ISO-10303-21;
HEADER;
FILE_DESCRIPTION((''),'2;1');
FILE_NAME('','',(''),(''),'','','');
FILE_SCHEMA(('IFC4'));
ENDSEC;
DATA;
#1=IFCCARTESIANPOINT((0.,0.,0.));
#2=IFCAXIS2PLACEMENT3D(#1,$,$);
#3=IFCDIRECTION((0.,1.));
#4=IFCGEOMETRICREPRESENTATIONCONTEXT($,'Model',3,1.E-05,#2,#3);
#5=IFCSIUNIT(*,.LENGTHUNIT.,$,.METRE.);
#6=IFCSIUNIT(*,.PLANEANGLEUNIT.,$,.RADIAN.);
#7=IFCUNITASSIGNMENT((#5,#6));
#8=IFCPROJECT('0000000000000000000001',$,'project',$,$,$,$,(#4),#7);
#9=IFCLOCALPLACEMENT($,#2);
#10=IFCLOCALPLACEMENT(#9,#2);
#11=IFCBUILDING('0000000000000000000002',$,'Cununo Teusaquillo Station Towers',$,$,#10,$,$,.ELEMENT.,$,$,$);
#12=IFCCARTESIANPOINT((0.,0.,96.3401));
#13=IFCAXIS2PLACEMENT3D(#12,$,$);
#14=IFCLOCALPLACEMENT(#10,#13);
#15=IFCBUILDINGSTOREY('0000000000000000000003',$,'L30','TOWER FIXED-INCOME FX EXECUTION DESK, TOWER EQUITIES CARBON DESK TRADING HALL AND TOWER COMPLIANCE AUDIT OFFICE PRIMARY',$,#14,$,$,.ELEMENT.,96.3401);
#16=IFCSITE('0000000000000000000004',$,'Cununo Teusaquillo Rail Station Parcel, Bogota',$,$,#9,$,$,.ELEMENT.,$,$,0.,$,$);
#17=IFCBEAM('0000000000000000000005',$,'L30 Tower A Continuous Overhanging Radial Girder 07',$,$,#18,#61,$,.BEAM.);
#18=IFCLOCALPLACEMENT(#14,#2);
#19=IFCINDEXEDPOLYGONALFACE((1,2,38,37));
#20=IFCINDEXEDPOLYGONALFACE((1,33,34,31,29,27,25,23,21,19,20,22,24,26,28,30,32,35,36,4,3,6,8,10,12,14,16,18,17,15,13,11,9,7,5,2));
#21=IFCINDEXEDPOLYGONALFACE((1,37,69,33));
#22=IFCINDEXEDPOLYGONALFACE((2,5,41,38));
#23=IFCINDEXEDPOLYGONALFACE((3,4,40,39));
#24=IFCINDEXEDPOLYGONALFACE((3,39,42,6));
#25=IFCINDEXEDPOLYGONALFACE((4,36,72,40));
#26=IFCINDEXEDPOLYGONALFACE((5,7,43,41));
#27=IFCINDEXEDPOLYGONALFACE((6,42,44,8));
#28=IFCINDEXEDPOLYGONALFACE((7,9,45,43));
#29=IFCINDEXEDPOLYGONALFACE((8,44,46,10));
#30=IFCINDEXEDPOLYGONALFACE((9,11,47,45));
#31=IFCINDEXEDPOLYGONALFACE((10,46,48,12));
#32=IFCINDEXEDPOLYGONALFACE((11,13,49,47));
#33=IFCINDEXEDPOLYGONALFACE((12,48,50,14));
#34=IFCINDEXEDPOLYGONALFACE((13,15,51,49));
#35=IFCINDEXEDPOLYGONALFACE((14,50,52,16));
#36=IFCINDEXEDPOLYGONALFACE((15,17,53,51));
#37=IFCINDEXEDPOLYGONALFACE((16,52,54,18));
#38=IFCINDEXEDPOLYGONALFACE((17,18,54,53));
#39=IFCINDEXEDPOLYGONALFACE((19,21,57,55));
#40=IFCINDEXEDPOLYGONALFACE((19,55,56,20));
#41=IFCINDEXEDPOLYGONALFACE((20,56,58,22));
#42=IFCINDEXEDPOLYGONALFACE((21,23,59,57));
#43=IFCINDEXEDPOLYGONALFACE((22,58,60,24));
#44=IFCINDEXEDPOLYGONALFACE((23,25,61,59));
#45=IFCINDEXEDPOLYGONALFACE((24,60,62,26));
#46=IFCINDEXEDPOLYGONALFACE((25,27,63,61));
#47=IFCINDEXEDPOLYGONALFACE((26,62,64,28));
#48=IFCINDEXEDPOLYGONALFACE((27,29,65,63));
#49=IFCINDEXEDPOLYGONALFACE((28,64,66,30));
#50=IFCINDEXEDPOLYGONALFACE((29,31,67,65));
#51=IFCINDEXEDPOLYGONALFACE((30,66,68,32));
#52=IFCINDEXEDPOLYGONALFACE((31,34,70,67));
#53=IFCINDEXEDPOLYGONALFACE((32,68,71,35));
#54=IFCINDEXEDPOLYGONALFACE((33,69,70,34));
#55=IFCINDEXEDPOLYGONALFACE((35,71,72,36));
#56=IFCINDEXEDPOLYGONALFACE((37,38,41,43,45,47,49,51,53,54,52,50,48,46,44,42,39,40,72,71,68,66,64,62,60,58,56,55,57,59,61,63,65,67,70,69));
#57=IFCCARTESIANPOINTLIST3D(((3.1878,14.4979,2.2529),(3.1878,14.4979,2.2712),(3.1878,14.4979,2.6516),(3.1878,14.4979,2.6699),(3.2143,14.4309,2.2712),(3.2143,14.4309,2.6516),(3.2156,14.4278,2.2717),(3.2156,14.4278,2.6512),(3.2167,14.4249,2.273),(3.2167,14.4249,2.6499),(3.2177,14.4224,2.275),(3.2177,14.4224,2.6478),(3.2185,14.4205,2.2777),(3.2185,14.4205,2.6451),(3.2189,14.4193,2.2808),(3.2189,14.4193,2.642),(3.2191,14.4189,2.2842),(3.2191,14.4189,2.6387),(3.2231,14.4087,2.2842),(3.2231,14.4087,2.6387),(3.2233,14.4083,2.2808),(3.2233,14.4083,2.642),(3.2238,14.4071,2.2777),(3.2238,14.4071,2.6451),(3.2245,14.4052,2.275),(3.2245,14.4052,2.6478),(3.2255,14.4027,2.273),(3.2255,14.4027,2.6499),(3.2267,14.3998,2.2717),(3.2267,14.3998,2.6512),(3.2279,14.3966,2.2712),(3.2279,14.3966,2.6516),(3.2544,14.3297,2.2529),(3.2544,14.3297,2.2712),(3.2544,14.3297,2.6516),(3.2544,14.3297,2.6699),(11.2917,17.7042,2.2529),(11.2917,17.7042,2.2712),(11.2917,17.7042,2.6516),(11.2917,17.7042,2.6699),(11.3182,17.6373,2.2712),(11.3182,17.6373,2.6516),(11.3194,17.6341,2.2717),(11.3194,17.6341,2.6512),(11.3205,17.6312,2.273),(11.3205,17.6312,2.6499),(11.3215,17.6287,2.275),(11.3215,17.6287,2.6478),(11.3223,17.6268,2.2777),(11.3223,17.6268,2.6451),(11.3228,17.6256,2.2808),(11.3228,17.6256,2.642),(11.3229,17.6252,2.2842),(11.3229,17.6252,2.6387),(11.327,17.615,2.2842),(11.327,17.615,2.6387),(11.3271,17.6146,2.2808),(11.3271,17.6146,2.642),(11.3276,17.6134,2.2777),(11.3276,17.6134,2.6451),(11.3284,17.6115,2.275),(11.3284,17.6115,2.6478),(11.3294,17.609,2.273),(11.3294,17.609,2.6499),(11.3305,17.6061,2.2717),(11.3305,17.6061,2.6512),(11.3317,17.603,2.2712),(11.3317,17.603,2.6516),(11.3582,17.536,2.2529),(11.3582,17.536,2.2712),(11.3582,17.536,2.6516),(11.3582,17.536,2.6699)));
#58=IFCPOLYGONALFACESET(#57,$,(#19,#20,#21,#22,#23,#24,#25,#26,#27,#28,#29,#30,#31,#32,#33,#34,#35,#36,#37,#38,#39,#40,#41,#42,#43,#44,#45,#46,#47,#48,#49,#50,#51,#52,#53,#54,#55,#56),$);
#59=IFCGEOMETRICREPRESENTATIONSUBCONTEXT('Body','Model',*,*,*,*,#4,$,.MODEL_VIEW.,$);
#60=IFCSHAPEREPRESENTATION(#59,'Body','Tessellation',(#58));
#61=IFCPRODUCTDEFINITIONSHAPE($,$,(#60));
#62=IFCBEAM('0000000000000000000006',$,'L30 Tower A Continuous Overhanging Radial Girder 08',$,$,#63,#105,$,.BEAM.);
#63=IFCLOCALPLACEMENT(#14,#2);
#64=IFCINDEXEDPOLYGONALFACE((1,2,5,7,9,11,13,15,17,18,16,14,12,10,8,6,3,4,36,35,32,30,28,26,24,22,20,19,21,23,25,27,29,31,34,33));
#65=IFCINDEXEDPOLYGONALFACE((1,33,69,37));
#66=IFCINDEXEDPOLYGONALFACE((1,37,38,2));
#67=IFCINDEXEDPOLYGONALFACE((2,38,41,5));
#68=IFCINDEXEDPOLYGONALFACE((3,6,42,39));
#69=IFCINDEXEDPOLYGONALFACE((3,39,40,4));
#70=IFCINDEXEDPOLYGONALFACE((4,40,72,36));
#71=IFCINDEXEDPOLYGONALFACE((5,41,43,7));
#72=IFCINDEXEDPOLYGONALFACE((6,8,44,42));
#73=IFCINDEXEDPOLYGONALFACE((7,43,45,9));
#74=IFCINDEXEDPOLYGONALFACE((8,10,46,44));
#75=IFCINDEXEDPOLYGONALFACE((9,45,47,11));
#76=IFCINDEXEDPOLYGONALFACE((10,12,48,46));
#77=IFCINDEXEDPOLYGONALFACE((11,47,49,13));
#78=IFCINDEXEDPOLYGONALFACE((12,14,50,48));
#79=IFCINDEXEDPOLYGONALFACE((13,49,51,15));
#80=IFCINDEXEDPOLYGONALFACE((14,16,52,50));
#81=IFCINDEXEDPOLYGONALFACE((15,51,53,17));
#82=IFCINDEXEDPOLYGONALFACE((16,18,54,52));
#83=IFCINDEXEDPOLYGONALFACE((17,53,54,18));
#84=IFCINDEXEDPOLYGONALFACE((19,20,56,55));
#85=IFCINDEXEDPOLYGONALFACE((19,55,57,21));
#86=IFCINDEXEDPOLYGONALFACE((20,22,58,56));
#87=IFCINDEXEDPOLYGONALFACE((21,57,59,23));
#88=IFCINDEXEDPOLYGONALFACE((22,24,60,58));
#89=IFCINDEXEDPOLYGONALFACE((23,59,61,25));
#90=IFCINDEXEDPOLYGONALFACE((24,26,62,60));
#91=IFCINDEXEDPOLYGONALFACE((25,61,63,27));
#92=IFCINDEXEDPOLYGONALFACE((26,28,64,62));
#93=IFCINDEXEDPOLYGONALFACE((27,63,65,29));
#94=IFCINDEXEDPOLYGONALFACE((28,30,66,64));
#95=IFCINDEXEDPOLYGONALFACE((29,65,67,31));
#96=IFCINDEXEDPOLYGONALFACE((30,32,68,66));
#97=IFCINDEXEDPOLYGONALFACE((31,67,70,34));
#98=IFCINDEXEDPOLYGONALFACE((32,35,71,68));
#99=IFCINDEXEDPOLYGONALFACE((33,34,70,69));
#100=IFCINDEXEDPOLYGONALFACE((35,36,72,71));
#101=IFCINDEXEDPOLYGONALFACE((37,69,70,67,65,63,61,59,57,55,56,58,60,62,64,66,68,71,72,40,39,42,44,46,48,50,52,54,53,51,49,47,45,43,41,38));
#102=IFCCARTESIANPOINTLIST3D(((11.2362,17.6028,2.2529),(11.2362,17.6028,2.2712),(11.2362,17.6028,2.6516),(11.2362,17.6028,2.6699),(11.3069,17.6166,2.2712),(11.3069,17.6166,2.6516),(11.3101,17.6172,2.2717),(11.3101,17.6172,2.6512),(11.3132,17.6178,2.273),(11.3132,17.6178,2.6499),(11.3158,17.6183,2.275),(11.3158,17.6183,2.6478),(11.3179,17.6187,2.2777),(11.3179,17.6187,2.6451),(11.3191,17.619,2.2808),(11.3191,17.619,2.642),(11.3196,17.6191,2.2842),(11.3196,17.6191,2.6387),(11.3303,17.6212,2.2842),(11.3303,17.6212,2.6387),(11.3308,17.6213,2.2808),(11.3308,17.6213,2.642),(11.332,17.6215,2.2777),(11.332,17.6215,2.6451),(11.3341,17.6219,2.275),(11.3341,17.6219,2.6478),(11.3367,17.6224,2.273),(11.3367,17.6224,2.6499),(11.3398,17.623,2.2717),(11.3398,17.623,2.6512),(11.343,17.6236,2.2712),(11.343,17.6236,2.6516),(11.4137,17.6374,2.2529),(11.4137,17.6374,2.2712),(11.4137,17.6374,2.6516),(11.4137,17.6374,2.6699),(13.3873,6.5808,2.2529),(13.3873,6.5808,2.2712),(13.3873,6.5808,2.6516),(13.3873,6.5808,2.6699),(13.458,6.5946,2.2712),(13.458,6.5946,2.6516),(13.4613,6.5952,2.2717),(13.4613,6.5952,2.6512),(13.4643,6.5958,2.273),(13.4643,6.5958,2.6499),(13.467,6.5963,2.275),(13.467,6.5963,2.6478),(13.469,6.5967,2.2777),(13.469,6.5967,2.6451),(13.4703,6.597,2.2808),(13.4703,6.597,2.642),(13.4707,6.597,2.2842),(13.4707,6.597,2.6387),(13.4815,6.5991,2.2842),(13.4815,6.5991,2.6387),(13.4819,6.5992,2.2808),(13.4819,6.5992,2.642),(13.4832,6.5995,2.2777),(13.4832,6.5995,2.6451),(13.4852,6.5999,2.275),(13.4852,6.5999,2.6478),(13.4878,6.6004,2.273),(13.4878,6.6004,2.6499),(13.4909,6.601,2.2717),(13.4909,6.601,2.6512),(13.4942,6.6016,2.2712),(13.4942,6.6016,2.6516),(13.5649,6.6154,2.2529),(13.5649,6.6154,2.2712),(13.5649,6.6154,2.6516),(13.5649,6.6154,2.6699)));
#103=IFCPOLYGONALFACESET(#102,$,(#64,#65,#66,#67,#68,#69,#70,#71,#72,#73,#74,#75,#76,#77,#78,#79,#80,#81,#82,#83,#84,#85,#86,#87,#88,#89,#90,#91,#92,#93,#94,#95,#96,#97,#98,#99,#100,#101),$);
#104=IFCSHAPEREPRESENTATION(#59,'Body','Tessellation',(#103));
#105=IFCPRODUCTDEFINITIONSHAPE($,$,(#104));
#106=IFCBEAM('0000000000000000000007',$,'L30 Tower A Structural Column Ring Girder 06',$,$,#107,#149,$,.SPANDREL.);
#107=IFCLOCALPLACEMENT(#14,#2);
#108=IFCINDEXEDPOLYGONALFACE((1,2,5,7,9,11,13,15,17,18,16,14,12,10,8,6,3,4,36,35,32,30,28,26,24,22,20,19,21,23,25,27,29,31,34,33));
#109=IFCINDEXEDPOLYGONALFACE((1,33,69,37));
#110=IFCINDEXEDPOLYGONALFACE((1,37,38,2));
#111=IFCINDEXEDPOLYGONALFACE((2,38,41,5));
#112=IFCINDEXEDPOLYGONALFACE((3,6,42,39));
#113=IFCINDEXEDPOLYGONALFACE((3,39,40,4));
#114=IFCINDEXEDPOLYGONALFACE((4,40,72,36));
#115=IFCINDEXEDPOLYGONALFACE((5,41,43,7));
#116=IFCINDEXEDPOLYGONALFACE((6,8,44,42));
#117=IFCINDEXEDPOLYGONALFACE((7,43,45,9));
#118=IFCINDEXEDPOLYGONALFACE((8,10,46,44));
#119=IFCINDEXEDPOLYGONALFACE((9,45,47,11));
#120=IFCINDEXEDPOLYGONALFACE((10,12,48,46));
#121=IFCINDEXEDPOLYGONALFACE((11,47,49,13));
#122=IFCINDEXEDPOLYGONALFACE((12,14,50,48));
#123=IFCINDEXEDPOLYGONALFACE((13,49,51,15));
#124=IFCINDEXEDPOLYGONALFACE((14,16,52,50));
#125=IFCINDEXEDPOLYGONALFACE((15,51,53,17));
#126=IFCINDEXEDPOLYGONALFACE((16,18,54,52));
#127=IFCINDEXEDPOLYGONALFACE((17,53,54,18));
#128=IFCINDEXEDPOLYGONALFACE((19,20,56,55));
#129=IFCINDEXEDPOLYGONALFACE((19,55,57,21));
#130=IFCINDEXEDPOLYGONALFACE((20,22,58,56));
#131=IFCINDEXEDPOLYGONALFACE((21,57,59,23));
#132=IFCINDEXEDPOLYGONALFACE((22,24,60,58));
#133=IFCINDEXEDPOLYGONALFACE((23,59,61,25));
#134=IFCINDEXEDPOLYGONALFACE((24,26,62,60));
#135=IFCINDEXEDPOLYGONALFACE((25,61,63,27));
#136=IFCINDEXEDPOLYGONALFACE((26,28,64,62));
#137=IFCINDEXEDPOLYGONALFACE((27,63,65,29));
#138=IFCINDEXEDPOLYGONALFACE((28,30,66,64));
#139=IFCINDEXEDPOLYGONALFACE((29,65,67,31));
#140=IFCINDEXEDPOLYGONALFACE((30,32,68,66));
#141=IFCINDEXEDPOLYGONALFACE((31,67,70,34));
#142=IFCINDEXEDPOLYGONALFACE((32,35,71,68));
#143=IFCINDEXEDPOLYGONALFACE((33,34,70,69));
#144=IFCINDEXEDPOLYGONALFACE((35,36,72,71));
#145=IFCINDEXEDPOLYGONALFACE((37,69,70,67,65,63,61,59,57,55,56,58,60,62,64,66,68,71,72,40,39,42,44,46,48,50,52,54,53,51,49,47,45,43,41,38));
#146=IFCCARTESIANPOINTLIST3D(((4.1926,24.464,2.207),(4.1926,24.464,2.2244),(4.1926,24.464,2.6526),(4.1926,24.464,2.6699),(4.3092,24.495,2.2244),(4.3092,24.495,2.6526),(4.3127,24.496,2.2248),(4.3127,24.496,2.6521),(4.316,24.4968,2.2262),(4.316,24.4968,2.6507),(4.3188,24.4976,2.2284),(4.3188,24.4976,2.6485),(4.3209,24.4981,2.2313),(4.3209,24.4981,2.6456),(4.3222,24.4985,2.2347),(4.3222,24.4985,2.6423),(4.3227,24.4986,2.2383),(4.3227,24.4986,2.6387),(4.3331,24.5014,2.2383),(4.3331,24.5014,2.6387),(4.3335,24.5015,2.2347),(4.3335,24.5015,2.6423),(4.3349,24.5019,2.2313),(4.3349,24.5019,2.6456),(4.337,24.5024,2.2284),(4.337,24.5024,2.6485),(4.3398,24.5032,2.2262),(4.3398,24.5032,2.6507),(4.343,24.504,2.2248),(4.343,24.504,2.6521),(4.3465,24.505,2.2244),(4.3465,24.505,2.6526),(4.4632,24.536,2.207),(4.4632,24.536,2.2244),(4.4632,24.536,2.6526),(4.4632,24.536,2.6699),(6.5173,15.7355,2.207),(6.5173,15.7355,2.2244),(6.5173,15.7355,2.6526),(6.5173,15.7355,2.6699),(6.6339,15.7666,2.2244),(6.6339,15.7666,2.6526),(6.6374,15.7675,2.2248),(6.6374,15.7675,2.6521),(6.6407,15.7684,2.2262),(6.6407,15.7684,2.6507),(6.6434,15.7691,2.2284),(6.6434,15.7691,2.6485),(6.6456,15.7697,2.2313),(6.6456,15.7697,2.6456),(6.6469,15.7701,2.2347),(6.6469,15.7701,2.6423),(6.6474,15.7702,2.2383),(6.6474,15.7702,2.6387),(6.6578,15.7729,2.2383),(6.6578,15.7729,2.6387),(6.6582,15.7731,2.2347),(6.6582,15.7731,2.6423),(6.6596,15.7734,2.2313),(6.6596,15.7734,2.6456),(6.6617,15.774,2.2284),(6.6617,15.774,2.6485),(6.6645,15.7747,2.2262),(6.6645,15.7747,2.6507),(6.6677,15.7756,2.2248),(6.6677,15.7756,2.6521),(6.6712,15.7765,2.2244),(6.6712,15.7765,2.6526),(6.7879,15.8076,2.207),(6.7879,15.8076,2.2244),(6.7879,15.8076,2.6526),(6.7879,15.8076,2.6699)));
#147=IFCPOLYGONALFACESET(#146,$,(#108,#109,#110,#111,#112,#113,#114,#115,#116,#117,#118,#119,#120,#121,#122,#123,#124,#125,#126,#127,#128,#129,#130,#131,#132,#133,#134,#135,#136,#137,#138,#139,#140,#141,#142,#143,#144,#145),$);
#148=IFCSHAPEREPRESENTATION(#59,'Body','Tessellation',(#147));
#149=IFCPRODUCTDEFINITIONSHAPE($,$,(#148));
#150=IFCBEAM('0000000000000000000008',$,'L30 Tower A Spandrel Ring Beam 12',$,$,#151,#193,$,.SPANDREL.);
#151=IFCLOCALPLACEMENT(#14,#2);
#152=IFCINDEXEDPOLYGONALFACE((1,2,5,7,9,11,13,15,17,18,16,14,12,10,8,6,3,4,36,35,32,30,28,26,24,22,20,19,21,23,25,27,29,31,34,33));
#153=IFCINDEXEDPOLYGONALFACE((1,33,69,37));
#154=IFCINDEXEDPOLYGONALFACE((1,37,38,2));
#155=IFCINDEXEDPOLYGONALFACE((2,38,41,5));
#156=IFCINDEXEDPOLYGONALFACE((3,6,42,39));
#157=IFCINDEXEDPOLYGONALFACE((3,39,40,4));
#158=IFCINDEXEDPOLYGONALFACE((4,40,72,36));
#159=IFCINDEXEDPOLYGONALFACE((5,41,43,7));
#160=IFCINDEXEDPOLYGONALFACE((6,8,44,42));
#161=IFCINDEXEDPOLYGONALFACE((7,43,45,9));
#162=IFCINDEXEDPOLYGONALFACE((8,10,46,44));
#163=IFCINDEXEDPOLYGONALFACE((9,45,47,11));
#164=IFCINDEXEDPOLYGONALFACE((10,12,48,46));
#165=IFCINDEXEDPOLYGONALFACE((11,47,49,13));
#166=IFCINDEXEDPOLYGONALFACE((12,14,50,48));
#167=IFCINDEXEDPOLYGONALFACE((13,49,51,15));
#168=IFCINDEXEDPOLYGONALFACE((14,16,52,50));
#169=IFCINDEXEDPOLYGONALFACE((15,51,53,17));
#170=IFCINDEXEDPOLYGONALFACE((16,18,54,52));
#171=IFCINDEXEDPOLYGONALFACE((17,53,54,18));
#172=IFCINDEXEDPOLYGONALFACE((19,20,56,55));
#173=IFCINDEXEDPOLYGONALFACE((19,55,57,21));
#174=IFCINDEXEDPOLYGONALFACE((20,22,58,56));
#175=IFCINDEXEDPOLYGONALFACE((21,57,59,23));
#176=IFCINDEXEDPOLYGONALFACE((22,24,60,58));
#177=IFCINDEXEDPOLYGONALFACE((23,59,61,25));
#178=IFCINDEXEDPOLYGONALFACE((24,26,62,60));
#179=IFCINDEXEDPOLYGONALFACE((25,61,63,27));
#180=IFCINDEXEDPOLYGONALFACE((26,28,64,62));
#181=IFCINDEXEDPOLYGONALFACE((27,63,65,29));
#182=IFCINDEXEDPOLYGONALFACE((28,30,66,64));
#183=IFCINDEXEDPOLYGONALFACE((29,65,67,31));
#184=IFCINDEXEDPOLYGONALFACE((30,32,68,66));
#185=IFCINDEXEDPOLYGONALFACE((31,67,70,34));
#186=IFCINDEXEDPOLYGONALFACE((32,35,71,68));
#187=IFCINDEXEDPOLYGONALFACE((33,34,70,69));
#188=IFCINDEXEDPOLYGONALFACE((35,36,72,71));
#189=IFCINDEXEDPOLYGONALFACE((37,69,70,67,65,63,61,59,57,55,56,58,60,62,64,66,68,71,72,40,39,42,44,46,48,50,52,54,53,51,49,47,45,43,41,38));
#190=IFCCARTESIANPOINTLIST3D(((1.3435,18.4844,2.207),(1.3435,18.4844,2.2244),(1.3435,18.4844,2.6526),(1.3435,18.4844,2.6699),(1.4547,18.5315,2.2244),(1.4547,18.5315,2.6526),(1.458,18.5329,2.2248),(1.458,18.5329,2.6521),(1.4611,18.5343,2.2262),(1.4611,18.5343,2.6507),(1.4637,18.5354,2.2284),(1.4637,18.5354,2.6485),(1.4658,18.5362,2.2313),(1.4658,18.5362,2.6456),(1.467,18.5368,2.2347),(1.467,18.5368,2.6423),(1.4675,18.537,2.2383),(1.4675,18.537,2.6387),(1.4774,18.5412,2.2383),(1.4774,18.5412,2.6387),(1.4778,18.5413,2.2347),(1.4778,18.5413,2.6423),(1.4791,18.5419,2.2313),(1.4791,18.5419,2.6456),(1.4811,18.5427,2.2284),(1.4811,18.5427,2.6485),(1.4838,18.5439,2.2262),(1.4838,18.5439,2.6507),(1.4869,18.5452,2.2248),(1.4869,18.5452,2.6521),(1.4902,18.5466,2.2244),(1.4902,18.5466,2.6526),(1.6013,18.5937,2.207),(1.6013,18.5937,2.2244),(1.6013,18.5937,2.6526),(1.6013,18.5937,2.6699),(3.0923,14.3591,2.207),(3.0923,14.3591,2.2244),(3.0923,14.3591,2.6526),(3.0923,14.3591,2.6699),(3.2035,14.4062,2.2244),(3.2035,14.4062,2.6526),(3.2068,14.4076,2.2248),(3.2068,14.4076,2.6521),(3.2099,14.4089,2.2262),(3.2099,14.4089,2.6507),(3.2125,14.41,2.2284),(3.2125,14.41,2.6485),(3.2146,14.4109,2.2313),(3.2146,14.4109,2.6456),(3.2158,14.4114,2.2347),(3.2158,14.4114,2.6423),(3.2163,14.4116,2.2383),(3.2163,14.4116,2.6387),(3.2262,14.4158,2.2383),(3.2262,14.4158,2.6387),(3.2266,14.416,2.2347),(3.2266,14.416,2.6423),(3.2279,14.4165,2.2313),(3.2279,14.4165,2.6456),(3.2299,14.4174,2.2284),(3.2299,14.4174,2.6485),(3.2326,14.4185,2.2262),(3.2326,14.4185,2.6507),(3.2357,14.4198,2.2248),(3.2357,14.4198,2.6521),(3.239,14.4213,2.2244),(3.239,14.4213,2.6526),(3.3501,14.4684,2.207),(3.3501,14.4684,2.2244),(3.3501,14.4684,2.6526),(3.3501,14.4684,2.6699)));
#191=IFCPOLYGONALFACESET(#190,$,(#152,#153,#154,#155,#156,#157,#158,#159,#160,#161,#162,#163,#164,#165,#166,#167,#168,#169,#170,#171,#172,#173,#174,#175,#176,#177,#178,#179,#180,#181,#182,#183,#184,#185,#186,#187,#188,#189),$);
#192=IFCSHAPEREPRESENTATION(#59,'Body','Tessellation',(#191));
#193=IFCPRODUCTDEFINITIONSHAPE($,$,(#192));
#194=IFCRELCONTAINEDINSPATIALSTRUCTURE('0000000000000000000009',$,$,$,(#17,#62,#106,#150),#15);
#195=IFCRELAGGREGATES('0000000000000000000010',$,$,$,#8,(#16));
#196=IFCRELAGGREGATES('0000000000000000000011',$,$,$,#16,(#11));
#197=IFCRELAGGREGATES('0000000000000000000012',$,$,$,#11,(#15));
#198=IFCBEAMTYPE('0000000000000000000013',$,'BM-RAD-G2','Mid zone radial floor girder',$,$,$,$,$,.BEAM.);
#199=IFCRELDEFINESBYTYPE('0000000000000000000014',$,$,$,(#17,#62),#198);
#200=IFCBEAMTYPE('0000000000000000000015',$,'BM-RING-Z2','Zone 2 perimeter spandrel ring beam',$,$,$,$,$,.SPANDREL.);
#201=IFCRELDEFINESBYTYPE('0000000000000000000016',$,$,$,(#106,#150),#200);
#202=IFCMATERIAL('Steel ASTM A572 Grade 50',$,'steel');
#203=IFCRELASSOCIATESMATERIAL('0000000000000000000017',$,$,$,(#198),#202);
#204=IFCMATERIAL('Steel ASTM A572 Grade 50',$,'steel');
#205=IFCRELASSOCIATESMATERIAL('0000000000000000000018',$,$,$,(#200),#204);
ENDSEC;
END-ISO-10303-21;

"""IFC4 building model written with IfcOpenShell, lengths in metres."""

from ifc_helpers import new_model, si_unit, direction, frame, origin, origin_2d, place, context, subcontext, project, spatial, i_section, extrude, material, material_profile, profile_set, type_object, element, save


model = new_model("IFC4")

# Units and contexts
model_context = context("Model", 3, precision=1e-05, world=origin(), true_north=direction((0.0, 1.0)))
body_context = subcontext(model_context, "Body", "Model", "MODEL_VIEW")
ifc_project = project(units=[si_unit("LENGTHUNIT", "METRE"), si_unit("PLANEANGLEUNIT", "RADIAN")], contexts=[model_context])

# Site, building, storey
site_placement = place(None, origin())
site = spatial("IfcSite", under=ifc_project, at=site_placement, Name="Cununo Teusaquillo Rail Station Parcel, Bogota", CompositionType="ELEMENT", RefElevation=0.0)
building_placement = place(site_placement, origin())
building = spatial("IfcBuilding", under=site, at=building_placement, Name="Cununo Teusaquillo Station Towers", CompositionType="ELEMENT")
storey_placement = place(building_placement, frame((0.0, 0.0, 96.3401)))
storey = spatial("IfcBuildingStorey", under=building, at=storey_placement, Name="L30", Description="TOWER FIXED-INCOME FX EXECUTION DESK, TOWER EQUITIES CARBON DESK TRADING HALL AND TOWER COMPLIANCE AUDIT OFFICE PRIMARY", CompositionType="ELEMENT", Elevation=96.3401)

# Beams
ifc_material_1 = material(Name="Steel ASTM A572 Grade 50", Category="steel")
ifc_material_profile_1 = material_profile(ifc_material_1, i_section(OverallWidth=0.1809, OverallDepth=0.417, WebThickness=0.011, FlangeThickness=0.0183, FilletRadius=0.0129, at=origin_2d()), Name="W16X57")
ifc_profile_set_1 = profile_set([ifc_material_profile_1], Name="Steel ASTM A572 Grade 50")
beam_type_1 = type_object("IfcBeamType", Name="BM-RAD-G2", Description="Mid zone radial floor girder", PredefinedType="BEAM", material=ifc_profile_set_1)
beam_1_placement = place(storey_placement, frame((11.325, 17.6201, 2.4614), z_axis=(-0.929863, -0.367906, 0.0), x_axis=(0.367906, -0.929863, 0.0)))
element("IfcBeam", 1, at=beam_1_placement, inside=storey, type_object=beam_type_1, Name="L30 Tower A Continuous Overhanging Radial Girder 07", PredefinedType="BEAM", context=body_context, shape_type="SweptSolid", body=[
    extrude(i_section(OverallWidth=0.1809, OverallDepth=0.417, WebThickness=0.011, FlangeThickness=0.0183, FilletRadius=0.0129, at=origin_2d()), origin(), (0.0, 0.0, 1.0), 8.7151),
])
beam_2_placement = place(storey_placement, frame((11.325, 17.6201, 2.4614), z_axis=(0.191553, -0.981482, 0.0), x_axis=(0.981482, 0.191553, 0.0)))
element("IfcBeam", 2, at=beam_2_placement, inside=storey, type_object=beam_type_1, Name="L30 Tower A Continuous Overhanging Radial Girder 08", PredefinedType="BEAM", context=body_context, shape_type="SweptSolid", body=[
    extrude(i_section(OverallWidth=0.1809, OverallDepth=0.417, WebThickness=0.011, FlangeThickness=0.0183, FilletRadius=0.0129, at=origin_2d()), origin(), (0.0, 0.0, 1.0), 11.23),
])
ifc_material_2 = material(Name="Steel ASTM A572 Grade 50", Category="steel")
ifc_material_profile_2 = material_profile(ifc_material_2, i_section(OverallWidth=0.28, OverallDepth=0.4629, WebThickness=0.0107, FlangeThickness=0.0173, FilletRadius=0.0139, at=origin_2d()), Name="W18X76")
ifc_profile_set_2 = profile_set([ifc_material_profile_2], Name="Steel ASTM A572 Grade 50")
beam_type_2 = type_object("IfcBeamType", Name="BM-RING-Z2", Description="Zone 2 perimeter spandrel ring beam", PredefinedType="SPANDREL", material=ifc_profile_set_2)
beam_3_placement = place(storey_placement, frame((4.3279, 24.5, 2.4385), z_axis=(0.257363, -0.966315, 0.0), x_axis=(0.966315, 0.257363, 0.0)))
element("IfcBeam", 3, at=beam_3_placement, inside=storey, type_object=beam_type_2, Name="L30 Tower A Structural Column Ring Girder 06", PredefinedType="SPANDREL", context=body_context, shape_type="SweptSolid", body=[
    extrude(i_section(OverallWidth=0.28, OverallDepth=0.4629, WebThickness=0.0107, FlangeThickness=0.0173, FilletRadius=0.0139, at=origin_2d()), origin(), (0.0, 0.0, 1.0), 9.0327),
])
beam_4_placement = place(storey_placement, frame((1.4724, 18.5391, 2.4385), z_axis=(0.390299, -0.920688, 0.0), x_axis=(0.920688, 0.390299, 0.0)))
element("IfcBeam", 4, at=beam_4_placement, inside=storey, type_object=beam_type_2, Name="L30 Tower A Spandrel Ring Beam 12", PredefinedType="SPANDREL", context=body_context, shape_type="SweptSolid", body=[
    extrude(i_section(OverallWidth=0.28, OverallDepth=0.4629, WebThickness=0.0107, FlangeThickness=0.0173, FilletRadius=0.0139, at=origin_2d()), origin(), (0.0, 0.0, 1.0), 4.4807),
])

save(model, "model.ifc")
